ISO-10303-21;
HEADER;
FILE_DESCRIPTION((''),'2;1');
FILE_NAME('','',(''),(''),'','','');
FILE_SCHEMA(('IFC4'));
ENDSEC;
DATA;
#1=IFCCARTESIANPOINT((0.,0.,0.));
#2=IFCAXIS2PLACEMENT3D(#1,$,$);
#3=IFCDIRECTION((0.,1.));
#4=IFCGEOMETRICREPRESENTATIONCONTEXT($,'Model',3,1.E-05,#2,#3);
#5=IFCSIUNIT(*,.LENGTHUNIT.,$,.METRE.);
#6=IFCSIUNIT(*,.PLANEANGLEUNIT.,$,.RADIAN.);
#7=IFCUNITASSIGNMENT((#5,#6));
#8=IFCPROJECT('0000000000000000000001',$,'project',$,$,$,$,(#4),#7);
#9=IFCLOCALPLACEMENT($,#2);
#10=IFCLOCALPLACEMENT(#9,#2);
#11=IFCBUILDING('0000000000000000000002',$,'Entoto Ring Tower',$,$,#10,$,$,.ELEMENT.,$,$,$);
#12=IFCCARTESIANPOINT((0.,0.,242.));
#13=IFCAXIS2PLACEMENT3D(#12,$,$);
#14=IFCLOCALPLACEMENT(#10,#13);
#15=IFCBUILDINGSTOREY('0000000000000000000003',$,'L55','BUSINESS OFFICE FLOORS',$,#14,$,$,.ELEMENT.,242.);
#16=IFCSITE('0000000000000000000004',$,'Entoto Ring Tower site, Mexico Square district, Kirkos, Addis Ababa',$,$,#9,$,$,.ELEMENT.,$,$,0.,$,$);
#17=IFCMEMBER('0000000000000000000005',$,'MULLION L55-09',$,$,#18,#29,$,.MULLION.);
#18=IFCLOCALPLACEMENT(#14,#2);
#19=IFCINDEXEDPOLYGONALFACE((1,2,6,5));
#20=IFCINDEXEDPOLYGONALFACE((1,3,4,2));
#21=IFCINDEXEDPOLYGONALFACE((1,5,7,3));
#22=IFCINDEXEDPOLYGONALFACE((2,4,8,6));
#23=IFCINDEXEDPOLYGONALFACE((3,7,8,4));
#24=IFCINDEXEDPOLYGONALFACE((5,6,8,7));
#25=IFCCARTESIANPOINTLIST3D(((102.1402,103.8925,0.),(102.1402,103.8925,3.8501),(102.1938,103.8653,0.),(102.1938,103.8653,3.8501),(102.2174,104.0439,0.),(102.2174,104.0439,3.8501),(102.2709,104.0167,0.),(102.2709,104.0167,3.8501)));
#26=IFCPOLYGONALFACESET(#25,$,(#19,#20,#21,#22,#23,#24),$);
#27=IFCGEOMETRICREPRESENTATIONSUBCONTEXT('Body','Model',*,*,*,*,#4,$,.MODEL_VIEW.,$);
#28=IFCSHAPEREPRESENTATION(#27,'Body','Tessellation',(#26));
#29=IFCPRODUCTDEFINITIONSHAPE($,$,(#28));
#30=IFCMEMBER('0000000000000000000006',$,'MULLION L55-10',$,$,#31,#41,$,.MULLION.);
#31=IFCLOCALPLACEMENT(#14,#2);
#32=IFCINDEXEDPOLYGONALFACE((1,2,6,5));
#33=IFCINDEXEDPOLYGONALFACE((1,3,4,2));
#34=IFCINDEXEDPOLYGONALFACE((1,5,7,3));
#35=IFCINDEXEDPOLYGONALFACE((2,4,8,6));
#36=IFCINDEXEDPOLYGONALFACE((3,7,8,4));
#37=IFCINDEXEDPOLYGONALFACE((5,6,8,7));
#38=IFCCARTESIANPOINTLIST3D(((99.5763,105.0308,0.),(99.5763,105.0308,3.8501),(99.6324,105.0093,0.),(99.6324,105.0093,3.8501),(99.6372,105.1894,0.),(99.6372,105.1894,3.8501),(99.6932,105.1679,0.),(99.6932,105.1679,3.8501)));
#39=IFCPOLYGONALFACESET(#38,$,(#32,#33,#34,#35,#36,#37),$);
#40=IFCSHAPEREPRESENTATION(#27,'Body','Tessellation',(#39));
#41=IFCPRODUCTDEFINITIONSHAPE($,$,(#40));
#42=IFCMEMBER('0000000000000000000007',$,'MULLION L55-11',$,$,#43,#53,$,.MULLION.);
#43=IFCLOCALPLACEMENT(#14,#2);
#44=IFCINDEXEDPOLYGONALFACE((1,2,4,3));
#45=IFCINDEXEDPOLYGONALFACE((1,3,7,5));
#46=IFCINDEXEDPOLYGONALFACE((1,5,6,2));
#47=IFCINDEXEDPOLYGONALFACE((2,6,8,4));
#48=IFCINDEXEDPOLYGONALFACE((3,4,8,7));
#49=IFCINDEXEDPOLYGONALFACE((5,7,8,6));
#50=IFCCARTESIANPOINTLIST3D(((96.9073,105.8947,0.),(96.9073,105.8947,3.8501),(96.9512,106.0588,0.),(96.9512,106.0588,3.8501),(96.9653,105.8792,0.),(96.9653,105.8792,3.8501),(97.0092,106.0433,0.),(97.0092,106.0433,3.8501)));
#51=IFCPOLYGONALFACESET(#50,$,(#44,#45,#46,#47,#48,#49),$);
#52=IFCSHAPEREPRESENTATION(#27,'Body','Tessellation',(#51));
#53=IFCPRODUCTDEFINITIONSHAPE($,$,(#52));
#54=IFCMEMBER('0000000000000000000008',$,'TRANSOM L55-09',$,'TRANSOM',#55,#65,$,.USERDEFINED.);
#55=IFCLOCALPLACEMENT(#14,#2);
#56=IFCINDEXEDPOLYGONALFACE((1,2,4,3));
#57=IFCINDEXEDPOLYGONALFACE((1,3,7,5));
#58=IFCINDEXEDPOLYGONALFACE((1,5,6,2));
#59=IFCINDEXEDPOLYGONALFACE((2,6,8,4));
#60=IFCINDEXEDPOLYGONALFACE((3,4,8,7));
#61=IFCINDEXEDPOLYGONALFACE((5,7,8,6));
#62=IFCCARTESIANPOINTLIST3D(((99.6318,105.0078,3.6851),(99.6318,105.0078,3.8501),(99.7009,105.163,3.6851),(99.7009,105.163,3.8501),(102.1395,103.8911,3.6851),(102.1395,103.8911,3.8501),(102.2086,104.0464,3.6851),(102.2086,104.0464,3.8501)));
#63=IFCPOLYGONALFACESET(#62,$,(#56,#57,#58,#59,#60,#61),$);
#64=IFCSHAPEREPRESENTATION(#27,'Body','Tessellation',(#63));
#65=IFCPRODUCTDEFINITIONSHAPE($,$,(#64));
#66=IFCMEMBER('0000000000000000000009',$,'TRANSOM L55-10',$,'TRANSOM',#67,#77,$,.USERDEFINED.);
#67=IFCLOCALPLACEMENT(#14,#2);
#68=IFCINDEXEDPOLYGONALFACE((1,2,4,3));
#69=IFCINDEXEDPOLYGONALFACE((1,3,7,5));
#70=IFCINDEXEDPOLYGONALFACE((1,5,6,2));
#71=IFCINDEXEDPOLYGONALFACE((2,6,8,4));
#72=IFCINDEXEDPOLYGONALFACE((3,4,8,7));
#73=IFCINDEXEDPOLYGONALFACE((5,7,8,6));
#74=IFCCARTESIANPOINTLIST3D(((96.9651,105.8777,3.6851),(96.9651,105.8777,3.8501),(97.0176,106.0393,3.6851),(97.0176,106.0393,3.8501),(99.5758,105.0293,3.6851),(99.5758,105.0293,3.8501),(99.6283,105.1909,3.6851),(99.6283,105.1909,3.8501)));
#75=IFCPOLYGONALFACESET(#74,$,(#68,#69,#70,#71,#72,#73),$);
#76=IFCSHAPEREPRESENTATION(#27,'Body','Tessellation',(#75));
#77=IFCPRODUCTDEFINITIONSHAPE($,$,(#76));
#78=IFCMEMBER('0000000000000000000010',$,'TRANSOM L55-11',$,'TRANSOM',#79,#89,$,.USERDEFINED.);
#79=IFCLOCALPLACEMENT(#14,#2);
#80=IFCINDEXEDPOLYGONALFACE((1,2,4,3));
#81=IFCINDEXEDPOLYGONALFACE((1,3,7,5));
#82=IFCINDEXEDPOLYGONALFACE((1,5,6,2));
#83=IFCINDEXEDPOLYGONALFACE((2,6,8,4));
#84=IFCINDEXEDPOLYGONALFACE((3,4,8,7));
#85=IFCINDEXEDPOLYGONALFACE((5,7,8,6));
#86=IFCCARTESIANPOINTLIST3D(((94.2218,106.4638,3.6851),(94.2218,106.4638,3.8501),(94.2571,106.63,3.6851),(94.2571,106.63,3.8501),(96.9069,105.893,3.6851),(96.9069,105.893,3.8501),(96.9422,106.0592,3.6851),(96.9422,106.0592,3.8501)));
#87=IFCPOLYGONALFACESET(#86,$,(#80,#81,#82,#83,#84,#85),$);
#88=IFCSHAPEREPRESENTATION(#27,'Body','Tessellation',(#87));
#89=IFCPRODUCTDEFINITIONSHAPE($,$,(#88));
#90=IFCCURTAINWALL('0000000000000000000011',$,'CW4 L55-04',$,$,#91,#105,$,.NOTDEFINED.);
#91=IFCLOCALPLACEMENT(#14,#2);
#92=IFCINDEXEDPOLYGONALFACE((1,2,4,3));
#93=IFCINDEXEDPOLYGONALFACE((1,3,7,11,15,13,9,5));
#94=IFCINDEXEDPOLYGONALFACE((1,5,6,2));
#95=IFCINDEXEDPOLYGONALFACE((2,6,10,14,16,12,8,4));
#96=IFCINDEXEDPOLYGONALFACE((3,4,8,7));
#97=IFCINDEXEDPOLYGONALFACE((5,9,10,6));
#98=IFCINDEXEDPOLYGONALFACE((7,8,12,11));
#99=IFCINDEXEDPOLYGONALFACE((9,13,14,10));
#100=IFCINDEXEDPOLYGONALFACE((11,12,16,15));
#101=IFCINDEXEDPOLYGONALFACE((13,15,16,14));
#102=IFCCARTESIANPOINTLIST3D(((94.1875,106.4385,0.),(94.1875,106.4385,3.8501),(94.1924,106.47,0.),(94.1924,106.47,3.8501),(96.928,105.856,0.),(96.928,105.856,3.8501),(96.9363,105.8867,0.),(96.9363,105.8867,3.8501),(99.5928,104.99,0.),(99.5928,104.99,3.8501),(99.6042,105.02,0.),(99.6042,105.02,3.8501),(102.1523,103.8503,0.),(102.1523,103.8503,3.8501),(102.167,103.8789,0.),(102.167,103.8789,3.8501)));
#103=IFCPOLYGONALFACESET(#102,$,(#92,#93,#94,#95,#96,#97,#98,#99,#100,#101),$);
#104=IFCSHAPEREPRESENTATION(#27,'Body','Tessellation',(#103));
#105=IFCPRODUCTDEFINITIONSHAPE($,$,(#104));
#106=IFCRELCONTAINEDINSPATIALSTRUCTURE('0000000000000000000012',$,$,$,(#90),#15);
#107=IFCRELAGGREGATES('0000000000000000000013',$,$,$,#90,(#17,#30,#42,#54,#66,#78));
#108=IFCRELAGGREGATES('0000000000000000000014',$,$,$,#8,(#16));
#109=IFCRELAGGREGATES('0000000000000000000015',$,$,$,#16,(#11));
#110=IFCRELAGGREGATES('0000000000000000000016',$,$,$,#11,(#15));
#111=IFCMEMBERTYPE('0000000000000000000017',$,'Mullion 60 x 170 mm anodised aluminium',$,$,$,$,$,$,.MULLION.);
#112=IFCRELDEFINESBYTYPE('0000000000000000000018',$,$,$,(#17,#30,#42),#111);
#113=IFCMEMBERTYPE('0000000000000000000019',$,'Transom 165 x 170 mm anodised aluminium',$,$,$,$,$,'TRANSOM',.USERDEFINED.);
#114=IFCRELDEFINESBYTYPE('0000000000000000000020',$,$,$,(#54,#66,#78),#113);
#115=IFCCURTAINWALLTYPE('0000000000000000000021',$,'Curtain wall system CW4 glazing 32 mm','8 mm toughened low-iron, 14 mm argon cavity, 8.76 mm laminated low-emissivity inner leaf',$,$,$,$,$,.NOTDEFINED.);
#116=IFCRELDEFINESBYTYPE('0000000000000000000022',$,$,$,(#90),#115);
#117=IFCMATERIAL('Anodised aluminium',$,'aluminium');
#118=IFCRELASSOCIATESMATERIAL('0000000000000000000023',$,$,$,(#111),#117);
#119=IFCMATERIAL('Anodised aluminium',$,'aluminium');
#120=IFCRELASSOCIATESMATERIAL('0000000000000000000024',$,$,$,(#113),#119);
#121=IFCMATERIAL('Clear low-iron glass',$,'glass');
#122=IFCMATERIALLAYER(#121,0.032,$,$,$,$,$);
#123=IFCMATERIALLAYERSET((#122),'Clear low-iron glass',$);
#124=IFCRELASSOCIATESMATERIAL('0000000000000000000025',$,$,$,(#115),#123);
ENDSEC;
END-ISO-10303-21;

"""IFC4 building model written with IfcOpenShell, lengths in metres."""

from ifc_helpers import new_model, si_unit, direction, frame, origin, origin_2d, place, context, subcontext, project, spatial, polyline, rectangle, outline, extrude, material, layer, layer_set, material_profile, profile_set, type_object, element, aggregate, save


model = new_model("IFC4")

# Units and contexts
model_context = context("Model", 3, precision=1e-05, world=origin(), true_north=direction((0.0, 1.0)))
body_context = subcontext(model_context, "Body", "Model", "MODEL_VIEW")
ifc_project = project(units=[si_unit("LENGTHUNIT", "METRE"), si_unit("PLANEANGLEUNIT", "RADIAN")], contexts=[model_context])

# Members
ifc_material_1 = material(Name="Anodised aluminium", Category="aluminium")
ifc_material_profile_1 = material_profile(ifc_material_1, rectangle(XDim=0.0601, YDim=0.1699, at=origin_2d()), Name="Mullion 60 x 170 mm anodised aluminium")
ifc_profile_set_1 = profile_set([ifc_material_profile_1], Name="Anodised aluminium")
member_type_1 = type_object("IfcMemberType", Name="Mullion 60 x 170 mm anodised aluminium", PredefinedType="MULLION", material=ifc_profile_set_1)
site_placement = place(None, origin())
building_placement = place(site_placement, origin())
storey_placement = place(building_placement, frame((0.0, 0.0, 242.0)))
member_1_placement = place(storey_placement, frame((102.2056, 103.9546, 0.0), z_axis=(0.0, 0.0, 1.0), x_axis=(-0.891007, 0.45399, 0.0)))
member_1 = element("IfcMember", 1, at=member_1_placement, type_object=member_type_1, Name="MULLION L55-09", PredefinedType="MULLION", context=body_context, shape_type="SweptSolid", body=[
    extrude(rectangle(XDim=0.0601, YDim=0.1699, at=origin_2d()), origin(), (0.0, 0.0, 1.0), 3.8501),
])
member_2_placement = place(storey_placement, frame((99.6348, 105.0994, 0.0), z_axis=(0.0, 0.0, 1.0), x_axis=(-0.93358, 0.358368, 0.0)))
member_2 = element("IfcMember", 2, at=member_2_placement, type_object=member_type_1, Name="MULLION L55-10", PredefinedType="MULLION", context=body_context, shape_type="SweptSolid", body=[
    extrude(rectangle(XDim=0.0601, YDim=0.1699, at=origin_2d()), origin(), (0.0, 0.0, 1.0), 3.8501),
])
member_3_placement = place(storey_placement, frame((96.9583, 105.969, 0.0), z_axis=(0.0, 0.0, 1.0), x_axis=(-0.965926, 0.258819, 0.0)))
member_3 = element("IfcMember", 3, at=member_3_placement, type_object=member_type_1, Name="MULLION L55-11", PredefinedType="MULLION", context=body_context, shape_type="SweptSolid", body=[
    extrude(rectangle(XDim=0.0601, YDim=0.1699, at=origin_2d()), origin(), (0.0, 0.0, 1.0), 3.8501),
])
ifc_material_2 = material(Name="Anodised aluminium", Category="aluminium")
ifc_material_profile_2 = material_profile(ifc_material_2, rectangle(XDim=0.1699, YDim=0.165, at=origin_2d()), Name="Transom 165 x 170 mm anodised aluminium")
ifc_profile_set_2 = profile_set([ifc_material_profile_2], Name="Anodised aluminium")
member_type_2 = type_object("IfcMemberType", Name="Transom 165 x 170 mm anodised aluminium", ElementType="TRANSOM", PredefinedType="USERDEFINED", material=ifc_profile_set_2)
member_4_placement = place(storey_placement, frame((102.1741, 103.9688, 3.7676), z_axis=(-0.913525, 0.406782, 0.0), x_axis=(-0.406782, -0.913525, 0.0)))
member_4 = element("IfcMember", 4, at=member_4_placement, type_object=member_type_2, Name="TRANSOM L55-09", ObjectType="TRANSOM", PredefinedType="USERDEFINED", context=body_context, shape_type="SweptSolid", body=[
    extrude(rectangle(XDim=0.1699, YDim=0.165, at=origin_2d()), origin(), (0.0, 0.0, 1.0), 2.7451),
])
member_5_placement = place(storey_placement, frame((99.6021, 105.1101, 3.7676), z_axis=(-0.951048, 0.309042, 0.0), x_axis=(-0.309042, -0.951048, 0.0)))
member_5 = element("IfcMember", 5, at=member_5_placement, type_object=member_type_2, Name="TRANSOM L55-10", ObjectType="TRANSOM", PredefinedType="USERDEFINED", context=body_context, shape_type="SweptSolid", body=[
    extrude(rectangle(XDim=0.1699, YDim=0.165, at=origin_2d()), origin(), (0.0, 0.0, 1.0), 2.7451),
])
member_6_placement = place(storey_placement, frame((96.9246, 105.9761, 3.7676), z_axis=(-0.978142, 0.207937, 0.0), x_axis=(-0.207937, -0.978142, 0.0)))
member_6 = element("IfcMember", 6, at=member_6_placement, type_object=member_type_2, Name="TRANSOM L55-11", ObjectType="TRANSOM", PredefinedType="USERDEFINED", context=body_context, shape_type="SweptSolid", body=[
    extrude(rectangle(XDim=0.1699, YDim=0.165, at=origin_2d()), origin(), (0.0, 0.0, 1.0), 2.7451),
])

# Site, building, storey
site = spatial("IfcSite", under=ifc_project, at=site_placement, Name="Entoto Ring Tower site, Mexico Square district, Kirkos, Addis Ababa", CompositionType="ELEMENT", RefElevation=0.0)
building = spatial("IfcBuilding", under=site, at=building_placement, Name="Entoto Ring Tower", CompositionType="ELEMENT")
storey = spatial("IfcBuildingStorey", under=building, at=storey_placement, Name="L55", Description="BUSINESS OFFICE FLOORS", CompositionType="ELEMENT", Elevation=242.0)

# Curtain wall
ifc_material_3 = material(Name="Clear low-iron glass", Category="glass")
ifc_layer = layer(ifc_material_3, 0.032)
ifc_layer_set = layer_set([ifc_layer], Name="Clear low-iron glass")
curtain_wall_type = type_object("IfcCurtainWallType", Name="Curtain wall system CW4 glazing 32 mm", Description="8 mm toughened low-iron, 14 mm argon cavity, 8.76 mm laminated low-emissivity inner leaf", PredefinedType="NOTDEFINED", material=ifc_layer_set)
curtain_wall_1_placement = place(storey_placement, origin())
curtain_wall_1 = element("IfcCurtainWall", 7, at=curtain_wall_1_placement, inside=storey, type_object=curtain_wall_type, Name="CW4 L55-04", PredefinedType="NOTDEFINED", context=body_context, shape_type="SweptSolid", body=[
    extrude(outline(polyline([(102.167, 103.8789), (99.6042, 105.02), (96.9363, 105.8867), (94.1924, 106.47), (94.1875, 106.4385), (96.928, 105.856), (99.5928, 104.99), (102.1523, 103.8503), (102.167, 103.8789)])), origin(), (0.0, 0.0, 1.0), 3.8501),
])
aggregate(curtain_wall_1, [member_1, member_2, member_3, member_4, member_5, member_6])

save(model, "model.ifc")
